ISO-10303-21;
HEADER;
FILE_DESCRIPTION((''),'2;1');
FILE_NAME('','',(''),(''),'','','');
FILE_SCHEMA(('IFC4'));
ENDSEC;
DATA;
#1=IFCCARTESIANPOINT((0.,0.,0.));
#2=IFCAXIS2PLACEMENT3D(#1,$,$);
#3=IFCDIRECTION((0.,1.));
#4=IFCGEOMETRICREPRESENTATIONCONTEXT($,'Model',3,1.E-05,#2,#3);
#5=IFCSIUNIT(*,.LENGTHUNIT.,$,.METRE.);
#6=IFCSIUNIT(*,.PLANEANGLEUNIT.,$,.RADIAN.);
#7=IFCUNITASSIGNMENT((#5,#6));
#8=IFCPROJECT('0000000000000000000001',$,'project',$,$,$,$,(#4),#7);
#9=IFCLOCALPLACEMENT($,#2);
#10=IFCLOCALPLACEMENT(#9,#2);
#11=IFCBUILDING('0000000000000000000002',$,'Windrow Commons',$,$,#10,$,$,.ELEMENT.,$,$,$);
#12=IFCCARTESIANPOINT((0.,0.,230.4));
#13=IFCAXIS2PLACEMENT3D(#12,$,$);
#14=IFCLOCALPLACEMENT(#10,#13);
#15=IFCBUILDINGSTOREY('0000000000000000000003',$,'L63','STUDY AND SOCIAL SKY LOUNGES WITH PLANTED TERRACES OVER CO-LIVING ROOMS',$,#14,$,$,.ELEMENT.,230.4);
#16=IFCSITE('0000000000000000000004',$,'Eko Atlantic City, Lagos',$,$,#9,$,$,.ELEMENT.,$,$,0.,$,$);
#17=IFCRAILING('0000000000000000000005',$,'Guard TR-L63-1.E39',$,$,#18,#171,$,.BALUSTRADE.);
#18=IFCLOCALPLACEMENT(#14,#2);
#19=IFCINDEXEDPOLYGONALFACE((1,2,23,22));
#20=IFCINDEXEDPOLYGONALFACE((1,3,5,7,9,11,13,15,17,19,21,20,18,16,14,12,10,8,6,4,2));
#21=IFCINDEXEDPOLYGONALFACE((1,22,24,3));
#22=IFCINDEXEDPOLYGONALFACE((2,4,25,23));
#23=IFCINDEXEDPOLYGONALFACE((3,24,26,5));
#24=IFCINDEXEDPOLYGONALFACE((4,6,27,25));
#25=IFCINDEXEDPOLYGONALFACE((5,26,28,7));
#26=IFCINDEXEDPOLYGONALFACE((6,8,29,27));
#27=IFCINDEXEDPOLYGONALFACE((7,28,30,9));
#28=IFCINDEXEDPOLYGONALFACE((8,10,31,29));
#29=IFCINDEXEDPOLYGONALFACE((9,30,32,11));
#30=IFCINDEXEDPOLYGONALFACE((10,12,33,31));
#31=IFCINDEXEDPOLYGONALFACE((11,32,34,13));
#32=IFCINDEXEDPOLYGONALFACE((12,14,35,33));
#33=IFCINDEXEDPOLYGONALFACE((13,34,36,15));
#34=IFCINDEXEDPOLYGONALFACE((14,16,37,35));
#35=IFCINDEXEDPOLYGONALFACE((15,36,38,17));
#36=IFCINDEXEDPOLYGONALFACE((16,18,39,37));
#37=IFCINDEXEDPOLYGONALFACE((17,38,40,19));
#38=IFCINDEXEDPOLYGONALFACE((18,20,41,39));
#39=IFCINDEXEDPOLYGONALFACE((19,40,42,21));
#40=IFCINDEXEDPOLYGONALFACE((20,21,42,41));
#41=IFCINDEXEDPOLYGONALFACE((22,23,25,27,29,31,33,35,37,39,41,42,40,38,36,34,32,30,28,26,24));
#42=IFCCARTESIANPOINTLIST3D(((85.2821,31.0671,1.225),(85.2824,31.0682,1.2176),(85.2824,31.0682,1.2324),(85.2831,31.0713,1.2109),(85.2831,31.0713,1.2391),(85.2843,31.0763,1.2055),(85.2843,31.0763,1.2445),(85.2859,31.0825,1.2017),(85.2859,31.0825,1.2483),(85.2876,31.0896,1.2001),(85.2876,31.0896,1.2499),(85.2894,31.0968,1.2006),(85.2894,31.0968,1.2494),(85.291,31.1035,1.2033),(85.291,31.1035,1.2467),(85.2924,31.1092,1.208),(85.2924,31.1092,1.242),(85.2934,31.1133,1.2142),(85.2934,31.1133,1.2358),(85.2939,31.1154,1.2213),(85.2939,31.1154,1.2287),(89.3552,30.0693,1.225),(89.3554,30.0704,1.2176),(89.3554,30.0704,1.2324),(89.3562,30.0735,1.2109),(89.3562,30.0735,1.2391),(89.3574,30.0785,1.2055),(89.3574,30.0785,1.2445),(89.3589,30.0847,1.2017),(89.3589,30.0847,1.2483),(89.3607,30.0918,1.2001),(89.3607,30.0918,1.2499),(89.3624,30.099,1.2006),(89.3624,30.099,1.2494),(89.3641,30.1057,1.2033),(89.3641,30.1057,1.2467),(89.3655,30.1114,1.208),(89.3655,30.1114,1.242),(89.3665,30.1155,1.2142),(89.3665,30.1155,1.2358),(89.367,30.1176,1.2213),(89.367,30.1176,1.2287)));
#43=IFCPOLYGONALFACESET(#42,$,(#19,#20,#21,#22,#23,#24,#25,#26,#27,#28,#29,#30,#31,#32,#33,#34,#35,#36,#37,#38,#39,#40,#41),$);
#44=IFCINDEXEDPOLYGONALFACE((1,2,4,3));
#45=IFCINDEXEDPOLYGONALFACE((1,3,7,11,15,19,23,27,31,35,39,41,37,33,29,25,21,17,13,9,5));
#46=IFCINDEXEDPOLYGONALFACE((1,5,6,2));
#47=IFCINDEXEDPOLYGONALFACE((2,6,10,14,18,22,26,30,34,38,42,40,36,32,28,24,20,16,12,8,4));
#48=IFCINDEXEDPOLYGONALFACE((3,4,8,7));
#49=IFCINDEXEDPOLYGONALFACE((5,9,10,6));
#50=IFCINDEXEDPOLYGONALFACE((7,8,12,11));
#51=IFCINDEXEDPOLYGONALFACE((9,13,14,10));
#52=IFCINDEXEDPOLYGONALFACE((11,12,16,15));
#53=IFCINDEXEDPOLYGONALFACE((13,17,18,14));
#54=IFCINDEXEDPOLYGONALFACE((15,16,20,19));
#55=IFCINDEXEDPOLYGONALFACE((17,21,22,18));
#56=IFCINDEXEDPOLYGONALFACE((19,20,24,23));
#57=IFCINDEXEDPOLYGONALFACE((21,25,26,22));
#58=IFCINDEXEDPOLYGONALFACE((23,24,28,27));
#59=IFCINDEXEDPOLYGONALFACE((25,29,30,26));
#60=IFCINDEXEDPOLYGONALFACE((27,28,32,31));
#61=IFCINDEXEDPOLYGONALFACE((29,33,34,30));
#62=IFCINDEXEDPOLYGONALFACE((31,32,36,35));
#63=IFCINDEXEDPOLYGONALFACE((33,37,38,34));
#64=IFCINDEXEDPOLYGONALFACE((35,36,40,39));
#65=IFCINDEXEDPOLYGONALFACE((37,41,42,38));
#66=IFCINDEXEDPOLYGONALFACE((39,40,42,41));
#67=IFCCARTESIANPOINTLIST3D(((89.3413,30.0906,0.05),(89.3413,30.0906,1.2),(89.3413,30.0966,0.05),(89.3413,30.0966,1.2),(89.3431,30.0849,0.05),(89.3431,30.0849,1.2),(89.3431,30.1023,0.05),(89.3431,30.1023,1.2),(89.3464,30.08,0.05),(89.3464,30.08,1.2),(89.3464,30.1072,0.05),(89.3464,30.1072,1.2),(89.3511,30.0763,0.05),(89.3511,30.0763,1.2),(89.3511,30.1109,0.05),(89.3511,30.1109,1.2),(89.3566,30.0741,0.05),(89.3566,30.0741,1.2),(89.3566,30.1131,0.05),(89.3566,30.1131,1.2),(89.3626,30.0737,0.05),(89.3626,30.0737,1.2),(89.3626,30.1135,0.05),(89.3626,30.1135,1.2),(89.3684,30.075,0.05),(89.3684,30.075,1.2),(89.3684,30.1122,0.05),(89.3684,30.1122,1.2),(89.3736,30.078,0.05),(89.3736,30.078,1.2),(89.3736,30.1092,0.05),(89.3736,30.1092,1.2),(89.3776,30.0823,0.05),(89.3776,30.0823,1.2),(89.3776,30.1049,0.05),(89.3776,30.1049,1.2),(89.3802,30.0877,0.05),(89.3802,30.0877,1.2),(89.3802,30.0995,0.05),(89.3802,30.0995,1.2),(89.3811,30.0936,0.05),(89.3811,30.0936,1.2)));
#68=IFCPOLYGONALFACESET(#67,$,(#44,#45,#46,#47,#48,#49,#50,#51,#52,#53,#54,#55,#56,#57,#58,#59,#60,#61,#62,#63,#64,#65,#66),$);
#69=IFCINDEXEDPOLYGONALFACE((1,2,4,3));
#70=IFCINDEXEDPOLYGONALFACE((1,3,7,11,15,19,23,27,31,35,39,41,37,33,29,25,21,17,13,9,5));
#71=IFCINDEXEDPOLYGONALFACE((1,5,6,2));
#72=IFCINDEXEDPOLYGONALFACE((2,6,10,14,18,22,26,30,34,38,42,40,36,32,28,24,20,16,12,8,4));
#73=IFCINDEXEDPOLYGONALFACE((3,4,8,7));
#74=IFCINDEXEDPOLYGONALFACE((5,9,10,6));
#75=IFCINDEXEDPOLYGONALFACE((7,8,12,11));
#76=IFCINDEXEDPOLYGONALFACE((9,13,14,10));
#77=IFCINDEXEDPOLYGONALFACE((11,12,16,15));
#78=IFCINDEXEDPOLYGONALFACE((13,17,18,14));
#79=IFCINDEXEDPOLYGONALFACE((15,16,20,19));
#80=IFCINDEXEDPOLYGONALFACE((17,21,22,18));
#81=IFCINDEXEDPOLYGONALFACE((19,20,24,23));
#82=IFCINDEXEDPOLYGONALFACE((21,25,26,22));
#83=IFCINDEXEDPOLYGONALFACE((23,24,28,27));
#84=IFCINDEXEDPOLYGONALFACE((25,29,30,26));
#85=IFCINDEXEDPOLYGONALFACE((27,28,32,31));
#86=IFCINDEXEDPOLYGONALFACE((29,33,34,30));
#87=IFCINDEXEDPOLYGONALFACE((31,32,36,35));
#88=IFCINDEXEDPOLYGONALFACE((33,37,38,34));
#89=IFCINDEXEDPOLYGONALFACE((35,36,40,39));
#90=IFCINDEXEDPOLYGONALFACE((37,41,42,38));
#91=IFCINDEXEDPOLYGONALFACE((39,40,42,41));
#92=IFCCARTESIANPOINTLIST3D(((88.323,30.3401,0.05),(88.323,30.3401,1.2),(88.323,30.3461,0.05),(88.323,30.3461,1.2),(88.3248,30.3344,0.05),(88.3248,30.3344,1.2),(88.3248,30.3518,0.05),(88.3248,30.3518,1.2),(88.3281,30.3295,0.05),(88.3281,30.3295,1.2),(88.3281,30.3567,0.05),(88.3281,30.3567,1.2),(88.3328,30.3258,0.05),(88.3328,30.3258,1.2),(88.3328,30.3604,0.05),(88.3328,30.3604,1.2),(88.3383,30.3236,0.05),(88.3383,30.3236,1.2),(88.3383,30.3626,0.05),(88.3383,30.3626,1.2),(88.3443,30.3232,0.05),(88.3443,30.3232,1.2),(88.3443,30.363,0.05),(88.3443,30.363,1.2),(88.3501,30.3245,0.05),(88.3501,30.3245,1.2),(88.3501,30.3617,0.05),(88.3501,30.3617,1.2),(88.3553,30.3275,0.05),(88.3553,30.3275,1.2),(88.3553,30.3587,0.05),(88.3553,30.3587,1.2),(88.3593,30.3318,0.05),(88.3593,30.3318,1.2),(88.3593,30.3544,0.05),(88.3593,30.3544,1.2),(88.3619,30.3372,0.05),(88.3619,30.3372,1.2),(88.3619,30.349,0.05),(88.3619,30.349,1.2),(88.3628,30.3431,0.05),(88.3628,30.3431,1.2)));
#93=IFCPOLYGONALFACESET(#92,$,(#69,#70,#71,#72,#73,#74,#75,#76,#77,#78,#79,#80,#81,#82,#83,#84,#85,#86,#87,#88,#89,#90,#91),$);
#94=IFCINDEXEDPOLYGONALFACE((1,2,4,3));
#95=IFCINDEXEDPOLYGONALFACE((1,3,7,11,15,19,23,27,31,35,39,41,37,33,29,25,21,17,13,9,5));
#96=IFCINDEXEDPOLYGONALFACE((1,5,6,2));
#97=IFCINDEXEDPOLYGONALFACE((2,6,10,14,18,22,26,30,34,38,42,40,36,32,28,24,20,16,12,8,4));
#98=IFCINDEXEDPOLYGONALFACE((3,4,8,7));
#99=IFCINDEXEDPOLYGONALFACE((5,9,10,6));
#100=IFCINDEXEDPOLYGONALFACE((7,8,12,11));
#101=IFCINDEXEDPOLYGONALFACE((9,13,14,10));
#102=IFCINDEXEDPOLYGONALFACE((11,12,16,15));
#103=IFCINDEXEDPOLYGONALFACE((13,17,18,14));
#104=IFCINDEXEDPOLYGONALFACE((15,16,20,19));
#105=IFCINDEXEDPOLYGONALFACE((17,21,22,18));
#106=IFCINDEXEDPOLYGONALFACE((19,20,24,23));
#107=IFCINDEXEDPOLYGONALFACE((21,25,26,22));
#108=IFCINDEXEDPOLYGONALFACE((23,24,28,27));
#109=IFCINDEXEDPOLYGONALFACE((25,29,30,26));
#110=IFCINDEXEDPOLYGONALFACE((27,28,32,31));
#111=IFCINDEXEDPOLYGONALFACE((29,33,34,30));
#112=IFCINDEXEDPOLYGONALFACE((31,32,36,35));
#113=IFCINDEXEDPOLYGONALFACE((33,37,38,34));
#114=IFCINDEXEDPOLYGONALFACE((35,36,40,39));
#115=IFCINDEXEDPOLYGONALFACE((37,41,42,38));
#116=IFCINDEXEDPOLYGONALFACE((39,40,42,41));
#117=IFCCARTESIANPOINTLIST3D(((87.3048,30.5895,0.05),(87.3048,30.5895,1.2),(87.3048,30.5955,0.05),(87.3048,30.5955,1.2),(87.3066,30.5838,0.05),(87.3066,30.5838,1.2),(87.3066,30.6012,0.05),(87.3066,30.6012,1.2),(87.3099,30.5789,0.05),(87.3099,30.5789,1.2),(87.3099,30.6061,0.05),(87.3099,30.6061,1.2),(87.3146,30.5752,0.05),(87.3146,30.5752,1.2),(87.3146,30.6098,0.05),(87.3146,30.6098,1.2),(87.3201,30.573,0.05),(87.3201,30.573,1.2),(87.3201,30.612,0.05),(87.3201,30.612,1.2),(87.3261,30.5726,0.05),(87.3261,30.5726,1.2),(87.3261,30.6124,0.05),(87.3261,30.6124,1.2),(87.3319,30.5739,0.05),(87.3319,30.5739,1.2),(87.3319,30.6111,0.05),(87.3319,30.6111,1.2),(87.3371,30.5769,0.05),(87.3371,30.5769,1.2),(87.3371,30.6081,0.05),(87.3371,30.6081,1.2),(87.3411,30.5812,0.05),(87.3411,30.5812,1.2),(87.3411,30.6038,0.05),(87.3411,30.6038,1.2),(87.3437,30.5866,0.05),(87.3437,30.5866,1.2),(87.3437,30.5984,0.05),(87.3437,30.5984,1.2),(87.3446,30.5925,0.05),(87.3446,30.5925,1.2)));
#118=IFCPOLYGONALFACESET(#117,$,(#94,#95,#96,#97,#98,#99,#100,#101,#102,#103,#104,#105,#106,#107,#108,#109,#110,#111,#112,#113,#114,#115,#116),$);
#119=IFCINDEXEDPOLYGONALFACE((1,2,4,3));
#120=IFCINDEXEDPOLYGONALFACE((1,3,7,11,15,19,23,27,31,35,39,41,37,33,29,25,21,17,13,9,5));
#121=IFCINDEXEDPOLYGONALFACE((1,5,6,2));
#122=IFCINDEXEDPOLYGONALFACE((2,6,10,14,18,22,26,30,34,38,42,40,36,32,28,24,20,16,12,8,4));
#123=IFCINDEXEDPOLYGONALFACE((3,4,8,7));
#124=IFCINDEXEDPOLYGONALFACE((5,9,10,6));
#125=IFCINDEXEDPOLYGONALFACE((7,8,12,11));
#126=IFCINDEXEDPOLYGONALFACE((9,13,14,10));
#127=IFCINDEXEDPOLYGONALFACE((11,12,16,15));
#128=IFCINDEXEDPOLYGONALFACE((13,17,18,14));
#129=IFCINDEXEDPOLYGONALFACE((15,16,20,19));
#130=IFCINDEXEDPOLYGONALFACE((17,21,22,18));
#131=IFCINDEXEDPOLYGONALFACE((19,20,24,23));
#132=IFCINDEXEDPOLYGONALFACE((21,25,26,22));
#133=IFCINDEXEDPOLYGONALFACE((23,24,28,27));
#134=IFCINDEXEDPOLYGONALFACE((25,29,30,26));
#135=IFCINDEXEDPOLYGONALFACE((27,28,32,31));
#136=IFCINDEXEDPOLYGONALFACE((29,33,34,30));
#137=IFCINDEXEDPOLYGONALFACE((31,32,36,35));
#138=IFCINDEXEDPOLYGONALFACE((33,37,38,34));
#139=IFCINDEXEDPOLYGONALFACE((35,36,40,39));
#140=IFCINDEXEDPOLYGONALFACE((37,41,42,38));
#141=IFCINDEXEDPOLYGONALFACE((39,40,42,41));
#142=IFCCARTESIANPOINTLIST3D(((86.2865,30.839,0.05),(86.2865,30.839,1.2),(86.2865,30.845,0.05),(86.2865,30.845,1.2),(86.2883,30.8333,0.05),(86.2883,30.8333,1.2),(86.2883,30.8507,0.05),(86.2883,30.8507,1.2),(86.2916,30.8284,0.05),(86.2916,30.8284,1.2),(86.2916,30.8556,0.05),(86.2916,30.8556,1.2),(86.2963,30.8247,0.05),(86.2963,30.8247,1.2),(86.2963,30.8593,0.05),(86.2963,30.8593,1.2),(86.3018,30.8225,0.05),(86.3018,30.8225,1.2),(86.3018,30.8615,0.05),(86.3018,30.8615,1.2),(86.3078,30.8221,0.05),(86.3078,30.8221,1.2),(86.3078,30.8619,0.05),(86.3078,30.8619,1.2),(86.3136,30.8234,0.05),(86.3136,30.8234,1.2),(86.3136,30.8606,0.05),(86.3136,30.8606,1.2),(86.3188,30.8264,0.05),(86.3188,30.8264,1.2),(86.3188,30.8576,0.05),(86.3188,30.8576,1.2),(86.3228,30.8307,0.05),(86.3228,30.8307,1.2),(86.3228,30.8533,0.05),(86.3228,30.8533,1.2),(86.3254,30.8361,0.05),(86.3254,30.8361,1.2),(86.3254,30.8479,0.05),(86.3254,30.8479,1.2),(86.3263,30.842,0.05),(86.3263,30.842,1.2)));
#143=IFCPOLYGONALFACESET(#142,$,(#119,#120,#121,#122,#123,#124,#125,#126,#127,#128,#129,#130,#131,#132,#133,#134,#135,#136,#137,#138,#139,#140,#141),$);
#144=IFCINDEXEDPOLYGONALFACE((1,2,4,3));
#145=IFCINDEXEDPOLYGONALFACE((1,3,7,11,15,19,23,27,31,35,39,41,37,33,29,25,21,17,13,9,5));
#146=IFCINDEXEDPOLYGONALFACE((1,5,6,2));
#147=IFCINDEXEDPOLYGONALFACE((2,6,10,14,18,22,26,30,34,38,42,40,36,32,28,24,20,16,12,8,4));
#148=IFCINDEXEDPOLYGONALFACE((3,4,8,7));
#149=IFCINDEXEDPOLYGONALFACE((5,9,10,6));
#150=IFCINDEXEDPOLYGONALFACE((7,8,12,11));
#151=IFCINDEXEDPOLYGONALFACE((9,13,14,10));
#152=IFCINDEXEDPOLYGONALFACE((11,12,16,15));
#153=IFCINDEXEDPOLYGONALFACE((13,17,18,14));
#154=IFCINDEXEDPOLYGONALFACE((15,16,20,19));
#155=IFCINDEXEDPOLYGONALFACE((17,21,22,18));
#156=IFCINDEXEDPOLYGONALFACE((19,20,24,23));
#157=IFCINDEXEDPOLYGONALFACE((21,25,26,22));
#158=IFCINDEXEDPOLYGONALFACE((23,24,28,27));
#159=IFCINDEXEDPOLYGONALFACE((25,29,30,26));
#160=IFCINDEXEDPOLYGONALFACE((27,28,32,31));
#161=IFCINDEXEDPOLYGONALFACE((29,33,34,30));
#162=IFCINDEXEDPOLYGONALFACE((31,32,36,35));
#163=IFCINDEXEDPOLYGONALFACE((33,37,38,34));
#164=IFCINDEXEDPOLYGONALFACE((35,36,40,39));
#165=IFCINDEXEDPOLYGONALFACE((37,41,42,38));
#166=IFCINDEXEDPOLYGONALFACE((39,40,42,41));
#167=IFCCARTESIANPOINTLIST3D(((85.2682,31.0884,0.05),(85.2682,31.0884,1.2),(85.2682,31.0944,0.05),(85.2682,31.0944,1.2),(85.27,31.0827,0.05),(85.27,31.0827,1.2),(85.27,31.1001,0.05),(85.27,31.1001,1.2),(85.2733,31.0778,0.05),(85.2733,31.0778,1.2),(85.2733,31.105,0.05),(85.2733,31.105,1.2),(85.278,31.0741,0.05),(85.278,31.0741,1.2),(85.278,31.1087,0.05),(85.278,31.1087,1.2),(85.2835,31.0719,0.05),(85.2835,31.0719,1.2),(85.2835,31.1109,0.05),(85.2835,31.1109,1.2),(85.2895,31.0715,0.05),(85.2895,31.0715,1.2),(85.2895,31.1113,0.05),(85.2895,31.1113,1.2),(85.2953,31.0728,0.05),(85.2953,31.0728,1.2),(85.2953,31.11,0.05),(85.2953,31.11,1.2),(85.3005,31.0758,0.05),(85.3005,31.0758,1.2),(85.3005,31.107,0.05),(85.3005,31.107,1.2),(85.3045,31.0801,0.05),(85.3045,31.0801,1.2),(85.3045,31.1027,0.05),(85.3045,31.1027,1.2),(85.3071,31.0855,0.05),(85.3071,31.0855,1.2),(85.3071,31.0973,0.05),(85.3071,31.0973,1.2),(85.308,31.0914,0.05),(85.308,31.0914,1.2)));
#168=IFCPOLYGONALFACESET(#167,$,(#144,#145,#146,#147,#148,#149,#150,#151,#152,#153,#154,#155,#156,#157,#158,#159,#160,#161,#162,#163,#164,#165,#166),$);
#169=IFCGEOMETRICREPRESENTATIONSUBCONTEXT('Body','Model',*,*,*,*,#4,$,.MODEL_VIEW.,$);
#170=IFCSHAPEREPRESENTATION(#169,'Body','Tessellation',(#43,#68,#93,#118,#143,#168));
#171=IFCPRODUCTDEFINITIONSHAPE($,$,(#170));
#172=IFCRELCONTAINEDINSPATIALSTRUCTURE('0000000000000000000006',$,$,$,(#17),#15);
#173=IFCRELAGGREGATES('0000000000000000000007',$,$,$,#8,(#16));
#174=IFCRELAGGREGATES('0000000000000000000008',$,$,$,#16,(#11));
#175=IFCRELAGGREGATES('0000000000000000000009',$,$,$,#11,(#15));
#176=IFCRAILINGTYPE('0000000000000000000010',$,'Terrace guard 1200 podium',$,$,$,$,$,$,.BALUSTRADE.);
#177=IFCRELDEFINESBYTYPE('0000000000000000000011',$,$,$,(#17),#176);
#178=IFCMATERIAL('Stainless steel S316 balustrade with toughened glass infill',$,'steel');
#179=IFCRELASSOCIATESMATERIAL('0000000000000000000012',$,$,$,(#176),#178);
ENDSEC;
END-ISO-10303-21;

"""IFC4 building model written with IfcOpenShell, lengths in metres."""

from ifc_helpers import new_model, si_unit, direction, frame, origin, origin_2d, place, context, subcontext, project, spatial, circle, extrude, material, type_object, element, save


model = new_model("IFC4")

# Units and contexts
model_context = context("Model", 3, precision=1e-05, world=origin(), true_north=direction((0.0, 1.0)))
body_context = subcontext(model_context, "Body", "Model", "MODEL_VIEW")
ifc_project = project(units=[si_unit("LENGTHUNIT", "METRE"), si_unit("PLANEANGLEUNIT", "RADIAN")], contexts=[model_context])

# Site, building, storey
site_placement = place(None, origin())
site = spatial("IfcSite", under=ifc_project, at=site_placement, Name="Eko Atlantic City, Lagos", CompositionType="ELEMENT", RefElevation=0.0)
building_placement = place(site_placement, origin())
building = spatial("IfcBuilding", under=site, at=building_placement, Name="Windrow Commons", CompositionType="ELEMENT")
storey_placement = place(building_placement, frame((0.0, 0.0, 230.4)))
storey = spatial("IfcBuildingStorey", under=building, at=storey_placement, Name="L63", Description="STUDY AND SOCIAL SKY LOUNGES WITH PLANTED TERRACES OVER CO-LIVING ROOMS", CompositionType="ELEMENT", Elevation=230.4)

# Railing
ifc_material_1 = material(Name="Stainless steel S316 balustrade with toughened glass infill", Category="steel")
railing_type = type_object("IfcRailingType", Name="Terrace guard 1200 podium", PredefinedType="BALUSTRADE", material=ifc_material_1)
railing_1_placement = place(storey_placement, frame((89.3611, 30.0936, 0.05)))
element("IfcRailing", 1, at=railing_1_placement, inside=storey, type_object=railing_type, Name="Guard TR-L63-1.E39", PredefinedType="BALUSTRADE", context=body_context, shape_type="SweptSolid", body=[
    extrude(circle(Radius=0.025, at=origin_2d()), frame((0.0, 0.0, 1.175), z_axis=(-0.97128, 0.237938, 0.0), x_axis=(-0.237938, -0.97128, 0.0)), (0.0, 0.0, 1.0), 4.1935),
    extrude(circle(Radius=0.02, at=origin_2d()), origin(), (0.0, 0.0, 1.0), 1.15),
    extrude(circle(Radius=0.02, at=origin_2d()), frame((-1.0183, 0.2495, 0.0)), (0.0, 0.0, 1.0), 1.15),
    extrude(circle(Radius=0.02, at=origin_2d()), frame((-2.0365, 0.4989, 0.0)), (0.0, 0.0, 1.0), 1.15),
    extrude(circle(Radius=0.02, at=origin_2d()), frame((-3.0548, 0.7484, 0.0)), (0.0, 0.0, 1.0), 1.15),
    extrude(circle(Radius=0.02, at=origin_2d()), frame((-4.0731, 0.9978, 0.0)), (0.0, 0.0, 1.0), 1.15),
])

save(model, "model.ifc")
